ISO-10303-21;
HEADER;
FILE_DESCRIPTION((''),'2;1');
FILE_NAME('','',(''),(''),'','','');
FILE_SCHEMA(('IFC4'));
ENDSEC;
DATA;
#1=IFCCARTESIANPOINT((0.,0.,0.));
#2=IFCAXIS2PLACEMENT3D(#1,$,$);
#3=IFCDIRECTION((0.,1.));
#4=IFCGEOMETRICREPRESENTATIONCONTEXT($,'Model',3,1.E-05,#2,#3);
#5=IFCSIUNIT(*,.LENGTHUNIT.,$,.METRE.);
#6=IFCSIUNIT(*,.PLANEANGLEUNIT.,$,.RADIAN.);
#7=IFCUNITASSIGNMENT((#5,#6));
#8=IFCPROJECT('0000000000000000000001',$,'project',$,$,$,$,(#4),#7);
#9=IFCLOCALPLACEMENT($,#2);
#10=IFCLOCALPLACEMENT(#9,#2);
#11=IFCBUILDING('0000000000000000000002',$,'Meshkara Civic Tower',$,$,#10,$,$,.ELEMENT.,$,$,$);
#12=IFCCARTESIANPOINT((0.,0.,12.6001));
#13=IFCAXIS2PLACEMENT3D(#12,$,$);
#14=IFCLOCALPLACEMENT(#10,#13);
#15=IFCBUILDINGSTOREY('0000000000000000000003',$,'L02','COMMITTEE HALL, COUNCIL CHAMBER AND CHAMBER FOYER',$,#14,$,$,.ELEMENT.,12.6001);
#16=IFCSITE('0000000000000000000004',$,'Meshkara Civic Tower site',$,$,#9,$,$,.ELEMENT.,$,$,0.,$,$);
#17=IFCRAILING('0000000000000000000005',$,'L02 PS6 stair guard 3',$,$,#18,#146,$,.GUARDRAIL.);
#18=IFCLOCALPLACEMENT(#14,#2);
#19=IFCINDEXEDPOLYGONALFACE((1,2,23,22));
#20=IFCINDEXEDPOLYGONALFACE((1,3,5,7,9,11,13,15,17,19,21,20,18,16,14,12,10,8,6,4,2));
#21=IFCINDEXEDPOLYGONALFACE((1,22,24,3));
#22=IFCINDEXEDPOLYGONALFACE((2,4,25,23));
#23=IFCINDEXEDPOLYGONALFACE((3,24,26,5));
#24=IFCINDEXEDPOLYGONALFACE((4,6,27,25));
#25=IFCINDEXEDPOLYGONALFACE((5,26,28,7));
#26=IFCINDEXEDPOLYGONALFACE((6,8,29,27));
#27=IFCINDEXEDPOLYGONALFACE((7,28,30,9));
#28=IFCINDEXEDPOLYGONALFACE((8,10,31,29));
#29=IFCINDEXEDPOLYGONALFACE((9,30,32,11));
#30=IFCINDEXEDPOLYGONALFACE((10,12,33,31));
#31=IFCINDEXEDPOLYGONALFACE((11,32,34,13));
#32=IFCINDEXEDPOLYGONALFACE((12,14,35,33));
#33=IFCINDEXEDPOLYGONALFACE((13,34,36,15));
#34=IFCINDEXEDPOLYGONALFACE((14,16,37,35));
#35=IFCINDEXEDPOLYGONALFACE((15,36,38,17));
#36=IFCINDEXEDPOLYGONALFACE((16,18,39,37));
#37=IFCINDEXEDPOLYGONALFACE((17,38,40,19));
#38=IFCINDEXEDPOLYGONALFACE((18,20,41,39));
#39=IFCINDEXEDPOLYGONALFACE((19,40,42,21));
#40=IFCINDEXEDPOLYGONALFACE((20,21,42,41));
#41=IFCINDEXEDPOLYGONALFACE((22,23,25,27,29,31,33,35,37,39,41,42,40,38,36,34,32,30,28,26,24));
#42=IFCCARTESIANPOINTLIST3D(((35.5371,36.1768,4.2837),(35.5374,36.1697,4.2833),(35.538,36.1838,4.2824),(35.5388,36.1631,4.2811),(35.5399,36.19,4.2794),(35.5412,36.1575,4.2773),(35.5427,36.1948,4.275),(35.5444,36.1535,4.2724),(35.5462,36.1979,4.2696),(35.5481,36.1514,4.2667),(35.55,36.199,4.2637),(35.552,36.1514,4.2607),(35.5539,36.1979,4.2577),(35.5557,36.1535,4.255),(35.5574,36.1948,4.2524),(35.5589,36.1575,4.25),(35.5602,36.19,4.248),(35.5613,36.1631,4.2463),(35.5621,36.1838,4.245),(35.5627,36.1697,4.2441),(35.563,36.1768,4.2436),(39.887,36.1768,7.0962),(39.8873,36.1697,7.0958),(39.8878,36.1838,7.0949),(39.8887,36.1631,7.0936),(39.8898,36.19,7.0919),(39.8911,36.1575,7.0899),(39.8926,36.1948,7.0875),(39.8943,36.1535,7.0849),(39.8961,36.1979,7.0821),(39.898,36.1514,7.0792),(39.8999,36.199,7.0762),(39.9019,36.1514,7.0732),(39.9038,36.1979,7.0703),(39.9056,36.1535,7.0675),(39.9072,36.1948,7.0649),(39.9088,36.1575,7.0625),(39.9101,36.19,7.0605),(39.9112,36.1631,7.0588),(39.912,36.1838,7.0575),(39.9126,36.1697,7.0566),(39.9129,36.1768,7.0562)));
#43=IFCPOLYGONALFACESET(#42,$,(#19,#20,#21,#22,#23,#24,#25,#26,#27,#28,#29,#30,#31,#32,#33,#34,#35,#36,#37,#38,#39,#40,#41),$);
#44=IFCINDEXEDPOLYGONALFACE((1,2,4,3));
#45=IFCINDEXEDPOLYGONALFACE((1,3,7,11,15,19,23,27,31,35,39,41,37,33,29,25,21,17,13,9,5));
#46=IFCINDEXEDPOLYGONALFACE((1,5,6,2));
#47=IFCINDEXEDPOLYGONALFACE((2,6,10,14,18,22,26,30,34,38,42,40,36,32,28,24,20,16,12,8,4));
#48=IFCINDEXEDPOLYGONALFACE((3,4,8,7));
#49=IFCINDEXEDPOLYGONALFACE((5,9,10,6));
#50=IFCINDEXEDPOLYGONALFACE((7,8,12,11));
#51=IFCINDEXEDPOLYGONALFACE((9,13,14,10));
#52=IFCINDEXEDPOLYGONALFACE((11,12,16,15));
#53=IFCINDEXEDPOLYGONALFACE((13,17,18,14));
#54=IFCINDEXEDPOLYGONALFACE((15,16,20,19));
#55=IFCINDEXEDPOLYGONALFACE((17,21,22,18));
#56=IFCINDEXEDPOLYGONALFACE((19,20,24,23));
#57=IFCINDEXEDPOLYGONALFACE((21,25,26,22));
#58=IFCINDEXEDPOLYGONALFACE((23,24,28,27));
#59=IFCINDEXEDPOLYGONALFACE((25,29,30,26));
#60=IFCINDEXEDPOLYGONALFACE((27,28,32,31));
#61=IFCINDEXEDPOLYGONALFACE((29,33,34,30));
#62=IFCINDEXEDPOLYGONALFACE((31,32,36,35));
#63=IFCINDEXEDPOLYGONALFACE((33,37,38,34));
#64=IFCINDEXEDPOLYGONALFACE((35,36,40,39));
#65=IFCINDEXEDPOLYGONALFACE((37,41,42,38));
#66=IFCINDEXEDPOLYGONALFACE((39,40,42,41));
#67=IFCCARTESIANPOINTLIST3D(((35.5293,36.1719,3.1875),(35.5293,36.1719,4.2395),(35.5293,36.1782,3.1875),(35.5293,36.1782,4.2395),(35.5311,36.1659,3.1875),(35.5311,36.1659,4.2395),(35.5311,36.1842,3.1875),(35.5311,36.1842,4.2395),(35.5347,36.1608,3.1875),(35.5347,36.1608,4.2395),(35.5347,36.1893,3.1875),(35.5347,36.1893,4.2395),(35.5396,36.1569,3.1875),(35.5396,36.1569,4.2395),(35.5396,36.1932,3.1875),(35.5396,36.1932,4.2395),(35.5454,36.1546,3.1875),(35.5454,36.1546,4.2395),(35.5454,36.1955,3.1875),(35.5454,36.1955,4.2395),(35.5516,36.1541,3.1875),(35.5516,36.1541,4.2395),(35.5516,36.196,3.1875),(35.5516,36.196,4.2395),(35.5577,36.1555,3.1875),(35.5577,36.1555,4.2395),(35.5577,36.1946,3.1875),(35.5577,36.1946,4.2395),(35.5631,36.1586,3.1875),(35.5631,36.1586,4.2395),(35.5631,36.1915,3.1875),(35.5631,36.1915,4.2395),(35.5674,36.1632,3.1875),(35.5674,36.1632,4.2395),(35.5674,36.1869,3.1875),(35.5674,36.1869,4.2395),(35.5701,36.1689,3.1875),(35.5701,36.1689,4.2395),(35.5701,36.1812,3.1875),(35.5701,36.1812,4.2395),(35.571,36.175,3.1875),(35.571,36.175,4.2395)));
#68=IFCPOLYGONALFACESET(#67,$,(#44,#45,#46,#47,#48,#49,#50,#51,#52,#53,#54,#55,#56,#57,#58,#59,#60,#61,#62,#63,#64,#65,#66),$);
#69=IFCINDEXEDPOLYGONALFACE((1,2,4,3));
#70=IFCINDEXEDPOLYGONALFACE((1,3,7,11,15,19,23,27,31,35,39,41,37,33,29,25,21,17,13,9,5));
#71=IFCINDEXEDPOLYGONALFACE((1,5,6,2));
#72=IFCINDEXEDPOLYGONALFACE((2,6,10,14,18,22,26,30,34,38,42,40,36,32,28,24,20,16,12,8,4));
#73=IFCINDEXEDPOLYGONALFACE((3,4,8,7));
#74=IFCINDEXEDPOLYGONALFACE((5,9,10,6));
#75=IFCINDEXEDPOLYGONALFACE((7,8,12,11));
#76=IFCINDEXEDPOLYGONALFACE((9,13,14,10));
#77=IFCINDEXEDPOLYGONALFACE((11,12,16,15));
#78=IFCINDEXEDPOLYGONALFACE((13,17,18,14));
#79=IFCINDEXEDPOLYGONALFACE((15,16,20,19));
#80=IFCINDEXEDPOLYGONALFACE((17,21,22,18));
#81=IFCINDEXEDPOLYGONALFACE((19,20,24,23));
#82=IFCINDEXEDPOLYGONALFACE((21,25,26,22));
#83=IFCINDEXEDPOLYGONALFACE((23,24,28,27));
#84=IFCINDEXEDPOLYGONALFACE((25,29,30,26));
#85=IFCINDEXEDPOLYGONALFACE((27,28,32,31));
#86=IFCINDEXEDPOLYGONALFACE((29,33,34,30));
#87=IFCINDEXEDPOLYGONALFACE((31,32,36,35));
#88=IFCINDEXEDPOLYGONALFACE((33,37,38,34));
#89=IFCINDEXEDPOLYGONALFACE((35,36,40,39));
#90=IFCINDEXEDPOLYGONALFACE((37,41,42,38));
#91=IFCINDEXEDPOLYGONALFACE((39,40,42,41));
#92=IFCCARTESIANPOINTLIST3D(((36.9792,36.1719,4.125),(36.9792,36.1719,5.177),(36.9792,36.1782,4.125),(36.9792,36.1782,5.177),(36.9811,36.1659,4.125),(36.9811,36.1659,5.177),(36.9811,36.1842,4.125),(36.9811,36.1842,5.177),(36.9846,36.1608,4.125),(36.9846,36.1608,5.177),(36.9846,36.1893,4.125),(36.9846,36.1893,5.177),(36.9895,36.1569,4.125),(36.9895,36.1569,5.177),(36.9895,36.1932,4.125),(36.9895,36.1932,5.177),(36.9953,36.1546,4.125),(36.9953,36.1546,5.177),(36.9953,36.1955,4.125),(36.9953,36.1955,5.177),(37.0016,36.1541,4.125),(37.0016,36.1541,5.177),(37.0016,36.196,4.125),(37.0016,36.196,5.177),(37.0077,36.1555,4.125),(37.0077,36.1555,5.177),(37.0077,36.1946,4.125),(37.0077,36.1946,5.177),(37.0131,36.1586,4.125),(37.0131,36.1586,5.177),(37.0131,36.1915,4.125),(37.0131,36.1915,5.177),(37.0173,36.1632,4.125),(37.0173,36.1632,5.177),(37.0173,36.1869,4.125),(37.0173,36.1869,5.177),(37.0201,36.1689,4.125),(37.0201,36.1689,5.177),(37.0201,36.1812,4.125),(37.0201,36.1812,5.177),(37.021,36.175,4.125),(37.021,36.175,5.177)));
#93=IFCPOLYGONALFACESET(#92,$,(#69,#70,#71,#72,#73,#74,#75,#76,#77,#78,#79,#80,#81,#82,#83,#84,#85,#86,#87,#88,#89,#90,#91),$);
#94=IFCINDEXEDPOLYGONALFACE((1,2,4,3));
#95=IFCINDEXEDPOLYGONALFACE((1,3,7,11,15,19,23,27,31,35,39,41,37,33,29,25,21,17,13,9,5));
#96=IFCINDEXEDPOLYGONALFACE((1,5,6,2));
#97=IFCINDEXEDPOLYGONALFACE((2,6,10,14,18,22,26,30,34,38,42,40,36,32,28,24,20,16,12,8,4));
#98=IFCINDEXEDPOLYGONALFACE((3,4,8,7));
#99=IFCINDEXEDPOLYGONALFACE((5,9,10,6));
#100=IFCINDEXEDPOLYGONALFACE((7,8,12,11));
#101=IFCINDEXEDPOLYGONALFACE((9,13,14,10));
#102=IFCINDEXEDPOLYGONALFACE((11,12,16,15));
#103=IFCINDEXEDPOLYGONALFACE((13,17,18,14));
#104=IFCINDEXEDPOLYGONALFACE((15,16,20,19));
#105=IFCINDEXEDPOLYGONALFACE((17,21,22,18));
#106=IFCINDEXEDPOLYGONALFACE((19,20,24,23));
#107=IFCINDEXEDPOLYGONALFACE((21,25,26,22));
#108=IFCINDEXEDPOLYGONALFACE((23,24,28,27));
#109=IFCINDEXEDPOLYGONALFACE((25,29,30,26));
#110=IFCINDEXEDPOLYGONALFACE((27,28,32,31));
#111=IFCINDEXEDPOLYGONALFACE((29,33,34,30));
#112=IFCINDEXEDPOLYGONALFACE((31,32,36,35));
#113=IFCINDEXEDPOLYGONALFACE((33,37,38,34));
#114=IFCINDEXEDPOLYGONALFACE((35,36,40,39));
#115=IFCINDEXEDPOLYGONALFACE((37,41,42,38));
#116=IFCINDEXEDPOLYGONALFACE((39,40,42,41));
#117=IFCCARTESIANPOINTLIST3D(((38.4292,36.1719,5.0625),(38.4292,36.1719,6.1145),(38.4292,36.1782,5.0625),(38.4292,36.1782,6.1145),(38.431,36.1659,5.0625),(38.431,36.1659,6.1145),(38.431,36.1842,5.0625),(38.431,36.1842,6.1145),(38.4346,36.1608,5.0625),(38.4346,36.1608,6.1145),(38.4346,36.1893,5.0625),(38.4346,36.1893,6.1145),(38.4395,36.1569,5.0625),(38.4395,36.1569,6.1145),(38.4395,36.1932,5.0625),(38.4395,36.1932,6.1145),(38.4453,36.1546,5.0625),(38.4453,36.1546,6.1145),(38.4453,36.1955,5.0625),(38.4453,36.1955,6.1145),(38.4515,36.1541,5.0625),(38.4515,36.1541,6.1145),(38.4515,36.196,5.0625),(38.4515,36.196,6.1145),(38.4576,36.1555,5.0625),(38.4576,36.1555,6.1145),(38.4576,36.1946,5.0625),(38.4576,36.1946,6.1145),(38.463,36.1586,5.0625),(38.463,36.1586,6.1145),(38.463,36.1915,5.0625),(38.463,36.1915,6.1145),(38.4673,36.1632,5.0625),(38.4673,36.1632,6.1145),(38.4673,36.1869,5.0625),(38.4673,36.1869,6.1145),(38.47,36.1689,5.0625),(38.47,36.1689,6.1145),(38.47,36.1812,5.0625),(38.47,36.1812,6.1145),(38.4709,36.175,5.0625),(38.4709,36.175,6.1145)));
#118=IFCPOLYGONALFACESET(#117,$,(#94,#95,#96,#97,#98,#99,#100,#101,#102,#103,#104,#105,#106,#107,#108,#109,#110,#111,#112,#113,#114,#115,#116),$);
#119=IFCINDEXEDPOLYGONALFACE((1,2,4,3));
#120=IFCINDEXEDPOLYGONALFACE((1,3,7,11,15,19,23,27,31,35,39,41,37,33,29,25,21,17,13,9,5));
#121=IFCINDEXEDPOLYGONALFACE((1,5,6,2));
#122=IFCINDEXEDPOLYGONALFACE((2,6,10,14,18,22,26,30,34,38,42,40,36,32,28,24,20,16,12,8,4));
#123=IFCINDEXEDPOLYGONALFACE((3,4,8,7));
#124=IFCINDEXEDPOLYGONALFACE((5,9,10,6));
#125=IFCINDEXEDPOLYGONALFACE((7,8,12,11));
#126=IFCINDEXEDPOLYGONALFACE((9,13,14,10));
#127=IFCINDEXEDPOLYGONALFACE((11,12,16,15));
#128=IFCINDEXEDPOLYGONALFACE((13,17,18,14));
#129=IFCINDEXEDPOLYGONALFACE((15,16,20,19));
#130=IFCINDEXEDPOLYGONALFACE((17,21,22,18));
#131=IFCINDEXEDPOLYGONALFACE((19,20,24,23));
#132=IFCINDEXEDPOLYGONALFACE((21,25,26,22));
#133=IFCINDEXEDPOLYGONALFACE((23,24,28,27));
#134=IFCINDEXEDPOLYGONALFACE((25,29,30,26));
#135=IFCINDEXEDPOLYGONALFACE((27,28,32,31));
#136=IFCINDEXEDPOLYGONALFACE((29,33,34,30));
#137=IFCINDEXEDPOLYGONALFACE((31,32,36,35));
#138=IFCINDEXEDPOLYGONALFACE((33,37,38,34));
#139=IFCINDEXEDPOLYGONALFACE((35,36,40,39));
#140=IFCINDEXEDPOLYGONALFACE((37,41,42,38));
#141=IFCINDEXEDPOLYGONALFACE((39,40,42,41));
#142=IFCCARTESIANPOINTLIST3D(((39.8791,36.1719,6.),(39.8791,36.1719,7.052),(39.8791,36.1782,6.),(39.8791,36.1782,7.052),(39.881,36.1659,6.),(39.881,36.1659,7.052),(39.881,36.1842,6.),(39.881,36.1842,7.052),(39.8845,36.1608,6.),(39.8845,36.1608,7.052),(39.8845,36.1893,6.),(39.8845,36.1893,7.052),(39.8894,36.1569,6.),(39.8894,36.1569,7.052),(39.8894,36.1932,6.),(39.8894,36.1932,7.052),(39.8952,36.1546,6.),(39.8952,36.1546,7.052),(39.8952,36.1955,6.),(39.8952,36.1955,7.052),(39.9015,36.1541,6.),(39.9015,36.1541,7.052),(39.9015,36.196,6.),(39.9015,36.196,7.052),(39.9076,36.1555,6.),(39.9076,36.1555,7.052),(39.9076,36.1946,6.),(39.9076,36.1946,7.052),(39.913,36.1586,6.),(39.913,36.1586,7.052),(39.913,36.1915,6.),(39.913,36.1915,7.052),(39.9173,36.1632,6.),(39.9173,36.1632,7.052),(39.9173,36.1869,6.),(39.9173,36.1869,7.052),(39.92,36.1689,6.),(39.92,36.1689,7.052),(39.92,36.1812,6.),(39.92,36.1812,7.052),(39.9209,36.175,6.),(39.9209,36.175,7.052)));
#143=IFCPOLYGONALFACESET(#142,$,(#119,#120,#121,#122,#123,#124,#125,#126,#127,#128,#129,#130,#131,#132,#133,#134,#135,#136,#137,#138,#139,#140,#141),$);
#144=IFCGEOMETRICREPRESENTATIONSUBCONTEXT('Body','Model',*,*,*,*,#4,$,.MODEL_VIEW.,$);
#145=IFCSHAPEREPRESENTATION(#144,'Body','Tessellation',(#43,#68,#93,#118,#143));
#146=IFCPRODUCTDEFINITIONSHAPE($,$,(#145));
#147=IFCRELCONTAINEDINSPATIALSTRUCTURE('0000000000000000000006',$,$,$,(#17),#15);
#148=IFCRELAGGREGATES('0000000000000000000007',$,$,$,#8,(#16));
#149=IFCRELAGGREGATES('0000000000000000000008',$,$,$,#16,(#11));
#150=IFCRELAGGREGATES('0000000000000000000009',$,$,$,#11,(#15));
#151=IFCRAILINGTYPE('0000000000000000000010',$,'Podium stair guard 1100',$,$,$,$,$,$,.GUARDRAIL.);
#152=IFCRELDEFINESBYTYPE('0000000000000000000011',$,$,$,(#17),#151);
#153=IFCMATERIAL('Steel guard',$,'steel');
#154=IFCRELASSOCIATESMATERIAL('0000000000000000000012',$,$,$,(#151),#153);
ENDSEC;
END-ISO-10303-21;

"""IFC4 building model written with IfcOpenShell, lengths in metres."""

from ifc_helpers import new_model, si_unit, direction, frame, origin, origin_2d, place, context, subcontext, project, spatial, circle, extrude, material, type_object, element, save


model = new_model("IFC4")

# Units and contexts
model_context = context("Model", 3, precision=1e-05, world=origin(), true_north=direction((0.0, 1.0)))
body_context = subcontext(model_context, "Body", "Model", "MODEL_VIEW")
ifc_project = project(units=[si_unit("LENGTHUNIT", "METRE"), si_unit("PLANEANGLEUNIT", "RADIAN")], contexts=[model_context])

# Site, building, storey
site_placement = place(None, origin())
site = spatial("IfcSite", under=ifc_project, at=site_placement, Name="Meshkara Civic Tower site", CompositionType="ELEMENT", RefElevation=0.0)
building_placement = place(site_placement, origin())
building = spatial("IfcBuilding", under=site, at=building_placement, Name="Meshkara Civic Tower", CompositionType="ELEMENT")
storey_placement = place(building_placement, frame((0.0, 0.0, 12.6001)))
storey = spatial("IfcBuildingStorey", under=building, at=storey_placement, Name="L02", Description="COMMITTEE HALL, COUNCIL CHAMBER AND CHAMBER FOYER", CompositionType="ELEMENT", Elevation=12.6001)

# Railing
ifc_material_1 = material(Name="Steel guard", Category="steel")
railing_type_1 = type_object("IfcRailingType", Name="Podium stair guard 1100", PredefinedType="GUARDRAIL", material=ifc_material_1)
railing_1_placement = place(storey_placement, frame((35.55, 36.175, 3.1875)))
element("IfcRailing", 1, at=railing_1_placement, inside=storey, type_object=railing_type_1, Name="L02 PS6 stair guard 3", PredefinedType="GUARDRAIL", context=body_context, shape_type="SweptSolid", body=[
    extrude(circle(Radius=0.0239, at=origin_2d()), frame((0.0, 0.0, 1.0762), z_axis=(0.839756, 0.0, 0.542964), x_axis=(0.0, 1.0, 0.0)), (0.0, 0.0, 1.0), 5.1799),
    extrude(circle(Radius=0.021, at=origin_2d()), origin(), (0.0, 0.0, 1.0), 1.052),
    extrude(circle(Radius=0.021, at=origin_2d()), frame((1.45, 0.0, 0.9375)), (0.0, 0.0, 1.0), 1.052),
    extrude(circle(Radius=0.021, at=origin_2d()), frame((2.8999, 0.0, 1.875)), (0.0, 0.0, 1.0), 1.052),
    extrude(circle(Radius=0.021, at=origin_2d()), frame((4.3499, 0.0, 2.8125)), (0.0, 0.0, 1.0), 1.052),
])

save(model, "model.ifc")
